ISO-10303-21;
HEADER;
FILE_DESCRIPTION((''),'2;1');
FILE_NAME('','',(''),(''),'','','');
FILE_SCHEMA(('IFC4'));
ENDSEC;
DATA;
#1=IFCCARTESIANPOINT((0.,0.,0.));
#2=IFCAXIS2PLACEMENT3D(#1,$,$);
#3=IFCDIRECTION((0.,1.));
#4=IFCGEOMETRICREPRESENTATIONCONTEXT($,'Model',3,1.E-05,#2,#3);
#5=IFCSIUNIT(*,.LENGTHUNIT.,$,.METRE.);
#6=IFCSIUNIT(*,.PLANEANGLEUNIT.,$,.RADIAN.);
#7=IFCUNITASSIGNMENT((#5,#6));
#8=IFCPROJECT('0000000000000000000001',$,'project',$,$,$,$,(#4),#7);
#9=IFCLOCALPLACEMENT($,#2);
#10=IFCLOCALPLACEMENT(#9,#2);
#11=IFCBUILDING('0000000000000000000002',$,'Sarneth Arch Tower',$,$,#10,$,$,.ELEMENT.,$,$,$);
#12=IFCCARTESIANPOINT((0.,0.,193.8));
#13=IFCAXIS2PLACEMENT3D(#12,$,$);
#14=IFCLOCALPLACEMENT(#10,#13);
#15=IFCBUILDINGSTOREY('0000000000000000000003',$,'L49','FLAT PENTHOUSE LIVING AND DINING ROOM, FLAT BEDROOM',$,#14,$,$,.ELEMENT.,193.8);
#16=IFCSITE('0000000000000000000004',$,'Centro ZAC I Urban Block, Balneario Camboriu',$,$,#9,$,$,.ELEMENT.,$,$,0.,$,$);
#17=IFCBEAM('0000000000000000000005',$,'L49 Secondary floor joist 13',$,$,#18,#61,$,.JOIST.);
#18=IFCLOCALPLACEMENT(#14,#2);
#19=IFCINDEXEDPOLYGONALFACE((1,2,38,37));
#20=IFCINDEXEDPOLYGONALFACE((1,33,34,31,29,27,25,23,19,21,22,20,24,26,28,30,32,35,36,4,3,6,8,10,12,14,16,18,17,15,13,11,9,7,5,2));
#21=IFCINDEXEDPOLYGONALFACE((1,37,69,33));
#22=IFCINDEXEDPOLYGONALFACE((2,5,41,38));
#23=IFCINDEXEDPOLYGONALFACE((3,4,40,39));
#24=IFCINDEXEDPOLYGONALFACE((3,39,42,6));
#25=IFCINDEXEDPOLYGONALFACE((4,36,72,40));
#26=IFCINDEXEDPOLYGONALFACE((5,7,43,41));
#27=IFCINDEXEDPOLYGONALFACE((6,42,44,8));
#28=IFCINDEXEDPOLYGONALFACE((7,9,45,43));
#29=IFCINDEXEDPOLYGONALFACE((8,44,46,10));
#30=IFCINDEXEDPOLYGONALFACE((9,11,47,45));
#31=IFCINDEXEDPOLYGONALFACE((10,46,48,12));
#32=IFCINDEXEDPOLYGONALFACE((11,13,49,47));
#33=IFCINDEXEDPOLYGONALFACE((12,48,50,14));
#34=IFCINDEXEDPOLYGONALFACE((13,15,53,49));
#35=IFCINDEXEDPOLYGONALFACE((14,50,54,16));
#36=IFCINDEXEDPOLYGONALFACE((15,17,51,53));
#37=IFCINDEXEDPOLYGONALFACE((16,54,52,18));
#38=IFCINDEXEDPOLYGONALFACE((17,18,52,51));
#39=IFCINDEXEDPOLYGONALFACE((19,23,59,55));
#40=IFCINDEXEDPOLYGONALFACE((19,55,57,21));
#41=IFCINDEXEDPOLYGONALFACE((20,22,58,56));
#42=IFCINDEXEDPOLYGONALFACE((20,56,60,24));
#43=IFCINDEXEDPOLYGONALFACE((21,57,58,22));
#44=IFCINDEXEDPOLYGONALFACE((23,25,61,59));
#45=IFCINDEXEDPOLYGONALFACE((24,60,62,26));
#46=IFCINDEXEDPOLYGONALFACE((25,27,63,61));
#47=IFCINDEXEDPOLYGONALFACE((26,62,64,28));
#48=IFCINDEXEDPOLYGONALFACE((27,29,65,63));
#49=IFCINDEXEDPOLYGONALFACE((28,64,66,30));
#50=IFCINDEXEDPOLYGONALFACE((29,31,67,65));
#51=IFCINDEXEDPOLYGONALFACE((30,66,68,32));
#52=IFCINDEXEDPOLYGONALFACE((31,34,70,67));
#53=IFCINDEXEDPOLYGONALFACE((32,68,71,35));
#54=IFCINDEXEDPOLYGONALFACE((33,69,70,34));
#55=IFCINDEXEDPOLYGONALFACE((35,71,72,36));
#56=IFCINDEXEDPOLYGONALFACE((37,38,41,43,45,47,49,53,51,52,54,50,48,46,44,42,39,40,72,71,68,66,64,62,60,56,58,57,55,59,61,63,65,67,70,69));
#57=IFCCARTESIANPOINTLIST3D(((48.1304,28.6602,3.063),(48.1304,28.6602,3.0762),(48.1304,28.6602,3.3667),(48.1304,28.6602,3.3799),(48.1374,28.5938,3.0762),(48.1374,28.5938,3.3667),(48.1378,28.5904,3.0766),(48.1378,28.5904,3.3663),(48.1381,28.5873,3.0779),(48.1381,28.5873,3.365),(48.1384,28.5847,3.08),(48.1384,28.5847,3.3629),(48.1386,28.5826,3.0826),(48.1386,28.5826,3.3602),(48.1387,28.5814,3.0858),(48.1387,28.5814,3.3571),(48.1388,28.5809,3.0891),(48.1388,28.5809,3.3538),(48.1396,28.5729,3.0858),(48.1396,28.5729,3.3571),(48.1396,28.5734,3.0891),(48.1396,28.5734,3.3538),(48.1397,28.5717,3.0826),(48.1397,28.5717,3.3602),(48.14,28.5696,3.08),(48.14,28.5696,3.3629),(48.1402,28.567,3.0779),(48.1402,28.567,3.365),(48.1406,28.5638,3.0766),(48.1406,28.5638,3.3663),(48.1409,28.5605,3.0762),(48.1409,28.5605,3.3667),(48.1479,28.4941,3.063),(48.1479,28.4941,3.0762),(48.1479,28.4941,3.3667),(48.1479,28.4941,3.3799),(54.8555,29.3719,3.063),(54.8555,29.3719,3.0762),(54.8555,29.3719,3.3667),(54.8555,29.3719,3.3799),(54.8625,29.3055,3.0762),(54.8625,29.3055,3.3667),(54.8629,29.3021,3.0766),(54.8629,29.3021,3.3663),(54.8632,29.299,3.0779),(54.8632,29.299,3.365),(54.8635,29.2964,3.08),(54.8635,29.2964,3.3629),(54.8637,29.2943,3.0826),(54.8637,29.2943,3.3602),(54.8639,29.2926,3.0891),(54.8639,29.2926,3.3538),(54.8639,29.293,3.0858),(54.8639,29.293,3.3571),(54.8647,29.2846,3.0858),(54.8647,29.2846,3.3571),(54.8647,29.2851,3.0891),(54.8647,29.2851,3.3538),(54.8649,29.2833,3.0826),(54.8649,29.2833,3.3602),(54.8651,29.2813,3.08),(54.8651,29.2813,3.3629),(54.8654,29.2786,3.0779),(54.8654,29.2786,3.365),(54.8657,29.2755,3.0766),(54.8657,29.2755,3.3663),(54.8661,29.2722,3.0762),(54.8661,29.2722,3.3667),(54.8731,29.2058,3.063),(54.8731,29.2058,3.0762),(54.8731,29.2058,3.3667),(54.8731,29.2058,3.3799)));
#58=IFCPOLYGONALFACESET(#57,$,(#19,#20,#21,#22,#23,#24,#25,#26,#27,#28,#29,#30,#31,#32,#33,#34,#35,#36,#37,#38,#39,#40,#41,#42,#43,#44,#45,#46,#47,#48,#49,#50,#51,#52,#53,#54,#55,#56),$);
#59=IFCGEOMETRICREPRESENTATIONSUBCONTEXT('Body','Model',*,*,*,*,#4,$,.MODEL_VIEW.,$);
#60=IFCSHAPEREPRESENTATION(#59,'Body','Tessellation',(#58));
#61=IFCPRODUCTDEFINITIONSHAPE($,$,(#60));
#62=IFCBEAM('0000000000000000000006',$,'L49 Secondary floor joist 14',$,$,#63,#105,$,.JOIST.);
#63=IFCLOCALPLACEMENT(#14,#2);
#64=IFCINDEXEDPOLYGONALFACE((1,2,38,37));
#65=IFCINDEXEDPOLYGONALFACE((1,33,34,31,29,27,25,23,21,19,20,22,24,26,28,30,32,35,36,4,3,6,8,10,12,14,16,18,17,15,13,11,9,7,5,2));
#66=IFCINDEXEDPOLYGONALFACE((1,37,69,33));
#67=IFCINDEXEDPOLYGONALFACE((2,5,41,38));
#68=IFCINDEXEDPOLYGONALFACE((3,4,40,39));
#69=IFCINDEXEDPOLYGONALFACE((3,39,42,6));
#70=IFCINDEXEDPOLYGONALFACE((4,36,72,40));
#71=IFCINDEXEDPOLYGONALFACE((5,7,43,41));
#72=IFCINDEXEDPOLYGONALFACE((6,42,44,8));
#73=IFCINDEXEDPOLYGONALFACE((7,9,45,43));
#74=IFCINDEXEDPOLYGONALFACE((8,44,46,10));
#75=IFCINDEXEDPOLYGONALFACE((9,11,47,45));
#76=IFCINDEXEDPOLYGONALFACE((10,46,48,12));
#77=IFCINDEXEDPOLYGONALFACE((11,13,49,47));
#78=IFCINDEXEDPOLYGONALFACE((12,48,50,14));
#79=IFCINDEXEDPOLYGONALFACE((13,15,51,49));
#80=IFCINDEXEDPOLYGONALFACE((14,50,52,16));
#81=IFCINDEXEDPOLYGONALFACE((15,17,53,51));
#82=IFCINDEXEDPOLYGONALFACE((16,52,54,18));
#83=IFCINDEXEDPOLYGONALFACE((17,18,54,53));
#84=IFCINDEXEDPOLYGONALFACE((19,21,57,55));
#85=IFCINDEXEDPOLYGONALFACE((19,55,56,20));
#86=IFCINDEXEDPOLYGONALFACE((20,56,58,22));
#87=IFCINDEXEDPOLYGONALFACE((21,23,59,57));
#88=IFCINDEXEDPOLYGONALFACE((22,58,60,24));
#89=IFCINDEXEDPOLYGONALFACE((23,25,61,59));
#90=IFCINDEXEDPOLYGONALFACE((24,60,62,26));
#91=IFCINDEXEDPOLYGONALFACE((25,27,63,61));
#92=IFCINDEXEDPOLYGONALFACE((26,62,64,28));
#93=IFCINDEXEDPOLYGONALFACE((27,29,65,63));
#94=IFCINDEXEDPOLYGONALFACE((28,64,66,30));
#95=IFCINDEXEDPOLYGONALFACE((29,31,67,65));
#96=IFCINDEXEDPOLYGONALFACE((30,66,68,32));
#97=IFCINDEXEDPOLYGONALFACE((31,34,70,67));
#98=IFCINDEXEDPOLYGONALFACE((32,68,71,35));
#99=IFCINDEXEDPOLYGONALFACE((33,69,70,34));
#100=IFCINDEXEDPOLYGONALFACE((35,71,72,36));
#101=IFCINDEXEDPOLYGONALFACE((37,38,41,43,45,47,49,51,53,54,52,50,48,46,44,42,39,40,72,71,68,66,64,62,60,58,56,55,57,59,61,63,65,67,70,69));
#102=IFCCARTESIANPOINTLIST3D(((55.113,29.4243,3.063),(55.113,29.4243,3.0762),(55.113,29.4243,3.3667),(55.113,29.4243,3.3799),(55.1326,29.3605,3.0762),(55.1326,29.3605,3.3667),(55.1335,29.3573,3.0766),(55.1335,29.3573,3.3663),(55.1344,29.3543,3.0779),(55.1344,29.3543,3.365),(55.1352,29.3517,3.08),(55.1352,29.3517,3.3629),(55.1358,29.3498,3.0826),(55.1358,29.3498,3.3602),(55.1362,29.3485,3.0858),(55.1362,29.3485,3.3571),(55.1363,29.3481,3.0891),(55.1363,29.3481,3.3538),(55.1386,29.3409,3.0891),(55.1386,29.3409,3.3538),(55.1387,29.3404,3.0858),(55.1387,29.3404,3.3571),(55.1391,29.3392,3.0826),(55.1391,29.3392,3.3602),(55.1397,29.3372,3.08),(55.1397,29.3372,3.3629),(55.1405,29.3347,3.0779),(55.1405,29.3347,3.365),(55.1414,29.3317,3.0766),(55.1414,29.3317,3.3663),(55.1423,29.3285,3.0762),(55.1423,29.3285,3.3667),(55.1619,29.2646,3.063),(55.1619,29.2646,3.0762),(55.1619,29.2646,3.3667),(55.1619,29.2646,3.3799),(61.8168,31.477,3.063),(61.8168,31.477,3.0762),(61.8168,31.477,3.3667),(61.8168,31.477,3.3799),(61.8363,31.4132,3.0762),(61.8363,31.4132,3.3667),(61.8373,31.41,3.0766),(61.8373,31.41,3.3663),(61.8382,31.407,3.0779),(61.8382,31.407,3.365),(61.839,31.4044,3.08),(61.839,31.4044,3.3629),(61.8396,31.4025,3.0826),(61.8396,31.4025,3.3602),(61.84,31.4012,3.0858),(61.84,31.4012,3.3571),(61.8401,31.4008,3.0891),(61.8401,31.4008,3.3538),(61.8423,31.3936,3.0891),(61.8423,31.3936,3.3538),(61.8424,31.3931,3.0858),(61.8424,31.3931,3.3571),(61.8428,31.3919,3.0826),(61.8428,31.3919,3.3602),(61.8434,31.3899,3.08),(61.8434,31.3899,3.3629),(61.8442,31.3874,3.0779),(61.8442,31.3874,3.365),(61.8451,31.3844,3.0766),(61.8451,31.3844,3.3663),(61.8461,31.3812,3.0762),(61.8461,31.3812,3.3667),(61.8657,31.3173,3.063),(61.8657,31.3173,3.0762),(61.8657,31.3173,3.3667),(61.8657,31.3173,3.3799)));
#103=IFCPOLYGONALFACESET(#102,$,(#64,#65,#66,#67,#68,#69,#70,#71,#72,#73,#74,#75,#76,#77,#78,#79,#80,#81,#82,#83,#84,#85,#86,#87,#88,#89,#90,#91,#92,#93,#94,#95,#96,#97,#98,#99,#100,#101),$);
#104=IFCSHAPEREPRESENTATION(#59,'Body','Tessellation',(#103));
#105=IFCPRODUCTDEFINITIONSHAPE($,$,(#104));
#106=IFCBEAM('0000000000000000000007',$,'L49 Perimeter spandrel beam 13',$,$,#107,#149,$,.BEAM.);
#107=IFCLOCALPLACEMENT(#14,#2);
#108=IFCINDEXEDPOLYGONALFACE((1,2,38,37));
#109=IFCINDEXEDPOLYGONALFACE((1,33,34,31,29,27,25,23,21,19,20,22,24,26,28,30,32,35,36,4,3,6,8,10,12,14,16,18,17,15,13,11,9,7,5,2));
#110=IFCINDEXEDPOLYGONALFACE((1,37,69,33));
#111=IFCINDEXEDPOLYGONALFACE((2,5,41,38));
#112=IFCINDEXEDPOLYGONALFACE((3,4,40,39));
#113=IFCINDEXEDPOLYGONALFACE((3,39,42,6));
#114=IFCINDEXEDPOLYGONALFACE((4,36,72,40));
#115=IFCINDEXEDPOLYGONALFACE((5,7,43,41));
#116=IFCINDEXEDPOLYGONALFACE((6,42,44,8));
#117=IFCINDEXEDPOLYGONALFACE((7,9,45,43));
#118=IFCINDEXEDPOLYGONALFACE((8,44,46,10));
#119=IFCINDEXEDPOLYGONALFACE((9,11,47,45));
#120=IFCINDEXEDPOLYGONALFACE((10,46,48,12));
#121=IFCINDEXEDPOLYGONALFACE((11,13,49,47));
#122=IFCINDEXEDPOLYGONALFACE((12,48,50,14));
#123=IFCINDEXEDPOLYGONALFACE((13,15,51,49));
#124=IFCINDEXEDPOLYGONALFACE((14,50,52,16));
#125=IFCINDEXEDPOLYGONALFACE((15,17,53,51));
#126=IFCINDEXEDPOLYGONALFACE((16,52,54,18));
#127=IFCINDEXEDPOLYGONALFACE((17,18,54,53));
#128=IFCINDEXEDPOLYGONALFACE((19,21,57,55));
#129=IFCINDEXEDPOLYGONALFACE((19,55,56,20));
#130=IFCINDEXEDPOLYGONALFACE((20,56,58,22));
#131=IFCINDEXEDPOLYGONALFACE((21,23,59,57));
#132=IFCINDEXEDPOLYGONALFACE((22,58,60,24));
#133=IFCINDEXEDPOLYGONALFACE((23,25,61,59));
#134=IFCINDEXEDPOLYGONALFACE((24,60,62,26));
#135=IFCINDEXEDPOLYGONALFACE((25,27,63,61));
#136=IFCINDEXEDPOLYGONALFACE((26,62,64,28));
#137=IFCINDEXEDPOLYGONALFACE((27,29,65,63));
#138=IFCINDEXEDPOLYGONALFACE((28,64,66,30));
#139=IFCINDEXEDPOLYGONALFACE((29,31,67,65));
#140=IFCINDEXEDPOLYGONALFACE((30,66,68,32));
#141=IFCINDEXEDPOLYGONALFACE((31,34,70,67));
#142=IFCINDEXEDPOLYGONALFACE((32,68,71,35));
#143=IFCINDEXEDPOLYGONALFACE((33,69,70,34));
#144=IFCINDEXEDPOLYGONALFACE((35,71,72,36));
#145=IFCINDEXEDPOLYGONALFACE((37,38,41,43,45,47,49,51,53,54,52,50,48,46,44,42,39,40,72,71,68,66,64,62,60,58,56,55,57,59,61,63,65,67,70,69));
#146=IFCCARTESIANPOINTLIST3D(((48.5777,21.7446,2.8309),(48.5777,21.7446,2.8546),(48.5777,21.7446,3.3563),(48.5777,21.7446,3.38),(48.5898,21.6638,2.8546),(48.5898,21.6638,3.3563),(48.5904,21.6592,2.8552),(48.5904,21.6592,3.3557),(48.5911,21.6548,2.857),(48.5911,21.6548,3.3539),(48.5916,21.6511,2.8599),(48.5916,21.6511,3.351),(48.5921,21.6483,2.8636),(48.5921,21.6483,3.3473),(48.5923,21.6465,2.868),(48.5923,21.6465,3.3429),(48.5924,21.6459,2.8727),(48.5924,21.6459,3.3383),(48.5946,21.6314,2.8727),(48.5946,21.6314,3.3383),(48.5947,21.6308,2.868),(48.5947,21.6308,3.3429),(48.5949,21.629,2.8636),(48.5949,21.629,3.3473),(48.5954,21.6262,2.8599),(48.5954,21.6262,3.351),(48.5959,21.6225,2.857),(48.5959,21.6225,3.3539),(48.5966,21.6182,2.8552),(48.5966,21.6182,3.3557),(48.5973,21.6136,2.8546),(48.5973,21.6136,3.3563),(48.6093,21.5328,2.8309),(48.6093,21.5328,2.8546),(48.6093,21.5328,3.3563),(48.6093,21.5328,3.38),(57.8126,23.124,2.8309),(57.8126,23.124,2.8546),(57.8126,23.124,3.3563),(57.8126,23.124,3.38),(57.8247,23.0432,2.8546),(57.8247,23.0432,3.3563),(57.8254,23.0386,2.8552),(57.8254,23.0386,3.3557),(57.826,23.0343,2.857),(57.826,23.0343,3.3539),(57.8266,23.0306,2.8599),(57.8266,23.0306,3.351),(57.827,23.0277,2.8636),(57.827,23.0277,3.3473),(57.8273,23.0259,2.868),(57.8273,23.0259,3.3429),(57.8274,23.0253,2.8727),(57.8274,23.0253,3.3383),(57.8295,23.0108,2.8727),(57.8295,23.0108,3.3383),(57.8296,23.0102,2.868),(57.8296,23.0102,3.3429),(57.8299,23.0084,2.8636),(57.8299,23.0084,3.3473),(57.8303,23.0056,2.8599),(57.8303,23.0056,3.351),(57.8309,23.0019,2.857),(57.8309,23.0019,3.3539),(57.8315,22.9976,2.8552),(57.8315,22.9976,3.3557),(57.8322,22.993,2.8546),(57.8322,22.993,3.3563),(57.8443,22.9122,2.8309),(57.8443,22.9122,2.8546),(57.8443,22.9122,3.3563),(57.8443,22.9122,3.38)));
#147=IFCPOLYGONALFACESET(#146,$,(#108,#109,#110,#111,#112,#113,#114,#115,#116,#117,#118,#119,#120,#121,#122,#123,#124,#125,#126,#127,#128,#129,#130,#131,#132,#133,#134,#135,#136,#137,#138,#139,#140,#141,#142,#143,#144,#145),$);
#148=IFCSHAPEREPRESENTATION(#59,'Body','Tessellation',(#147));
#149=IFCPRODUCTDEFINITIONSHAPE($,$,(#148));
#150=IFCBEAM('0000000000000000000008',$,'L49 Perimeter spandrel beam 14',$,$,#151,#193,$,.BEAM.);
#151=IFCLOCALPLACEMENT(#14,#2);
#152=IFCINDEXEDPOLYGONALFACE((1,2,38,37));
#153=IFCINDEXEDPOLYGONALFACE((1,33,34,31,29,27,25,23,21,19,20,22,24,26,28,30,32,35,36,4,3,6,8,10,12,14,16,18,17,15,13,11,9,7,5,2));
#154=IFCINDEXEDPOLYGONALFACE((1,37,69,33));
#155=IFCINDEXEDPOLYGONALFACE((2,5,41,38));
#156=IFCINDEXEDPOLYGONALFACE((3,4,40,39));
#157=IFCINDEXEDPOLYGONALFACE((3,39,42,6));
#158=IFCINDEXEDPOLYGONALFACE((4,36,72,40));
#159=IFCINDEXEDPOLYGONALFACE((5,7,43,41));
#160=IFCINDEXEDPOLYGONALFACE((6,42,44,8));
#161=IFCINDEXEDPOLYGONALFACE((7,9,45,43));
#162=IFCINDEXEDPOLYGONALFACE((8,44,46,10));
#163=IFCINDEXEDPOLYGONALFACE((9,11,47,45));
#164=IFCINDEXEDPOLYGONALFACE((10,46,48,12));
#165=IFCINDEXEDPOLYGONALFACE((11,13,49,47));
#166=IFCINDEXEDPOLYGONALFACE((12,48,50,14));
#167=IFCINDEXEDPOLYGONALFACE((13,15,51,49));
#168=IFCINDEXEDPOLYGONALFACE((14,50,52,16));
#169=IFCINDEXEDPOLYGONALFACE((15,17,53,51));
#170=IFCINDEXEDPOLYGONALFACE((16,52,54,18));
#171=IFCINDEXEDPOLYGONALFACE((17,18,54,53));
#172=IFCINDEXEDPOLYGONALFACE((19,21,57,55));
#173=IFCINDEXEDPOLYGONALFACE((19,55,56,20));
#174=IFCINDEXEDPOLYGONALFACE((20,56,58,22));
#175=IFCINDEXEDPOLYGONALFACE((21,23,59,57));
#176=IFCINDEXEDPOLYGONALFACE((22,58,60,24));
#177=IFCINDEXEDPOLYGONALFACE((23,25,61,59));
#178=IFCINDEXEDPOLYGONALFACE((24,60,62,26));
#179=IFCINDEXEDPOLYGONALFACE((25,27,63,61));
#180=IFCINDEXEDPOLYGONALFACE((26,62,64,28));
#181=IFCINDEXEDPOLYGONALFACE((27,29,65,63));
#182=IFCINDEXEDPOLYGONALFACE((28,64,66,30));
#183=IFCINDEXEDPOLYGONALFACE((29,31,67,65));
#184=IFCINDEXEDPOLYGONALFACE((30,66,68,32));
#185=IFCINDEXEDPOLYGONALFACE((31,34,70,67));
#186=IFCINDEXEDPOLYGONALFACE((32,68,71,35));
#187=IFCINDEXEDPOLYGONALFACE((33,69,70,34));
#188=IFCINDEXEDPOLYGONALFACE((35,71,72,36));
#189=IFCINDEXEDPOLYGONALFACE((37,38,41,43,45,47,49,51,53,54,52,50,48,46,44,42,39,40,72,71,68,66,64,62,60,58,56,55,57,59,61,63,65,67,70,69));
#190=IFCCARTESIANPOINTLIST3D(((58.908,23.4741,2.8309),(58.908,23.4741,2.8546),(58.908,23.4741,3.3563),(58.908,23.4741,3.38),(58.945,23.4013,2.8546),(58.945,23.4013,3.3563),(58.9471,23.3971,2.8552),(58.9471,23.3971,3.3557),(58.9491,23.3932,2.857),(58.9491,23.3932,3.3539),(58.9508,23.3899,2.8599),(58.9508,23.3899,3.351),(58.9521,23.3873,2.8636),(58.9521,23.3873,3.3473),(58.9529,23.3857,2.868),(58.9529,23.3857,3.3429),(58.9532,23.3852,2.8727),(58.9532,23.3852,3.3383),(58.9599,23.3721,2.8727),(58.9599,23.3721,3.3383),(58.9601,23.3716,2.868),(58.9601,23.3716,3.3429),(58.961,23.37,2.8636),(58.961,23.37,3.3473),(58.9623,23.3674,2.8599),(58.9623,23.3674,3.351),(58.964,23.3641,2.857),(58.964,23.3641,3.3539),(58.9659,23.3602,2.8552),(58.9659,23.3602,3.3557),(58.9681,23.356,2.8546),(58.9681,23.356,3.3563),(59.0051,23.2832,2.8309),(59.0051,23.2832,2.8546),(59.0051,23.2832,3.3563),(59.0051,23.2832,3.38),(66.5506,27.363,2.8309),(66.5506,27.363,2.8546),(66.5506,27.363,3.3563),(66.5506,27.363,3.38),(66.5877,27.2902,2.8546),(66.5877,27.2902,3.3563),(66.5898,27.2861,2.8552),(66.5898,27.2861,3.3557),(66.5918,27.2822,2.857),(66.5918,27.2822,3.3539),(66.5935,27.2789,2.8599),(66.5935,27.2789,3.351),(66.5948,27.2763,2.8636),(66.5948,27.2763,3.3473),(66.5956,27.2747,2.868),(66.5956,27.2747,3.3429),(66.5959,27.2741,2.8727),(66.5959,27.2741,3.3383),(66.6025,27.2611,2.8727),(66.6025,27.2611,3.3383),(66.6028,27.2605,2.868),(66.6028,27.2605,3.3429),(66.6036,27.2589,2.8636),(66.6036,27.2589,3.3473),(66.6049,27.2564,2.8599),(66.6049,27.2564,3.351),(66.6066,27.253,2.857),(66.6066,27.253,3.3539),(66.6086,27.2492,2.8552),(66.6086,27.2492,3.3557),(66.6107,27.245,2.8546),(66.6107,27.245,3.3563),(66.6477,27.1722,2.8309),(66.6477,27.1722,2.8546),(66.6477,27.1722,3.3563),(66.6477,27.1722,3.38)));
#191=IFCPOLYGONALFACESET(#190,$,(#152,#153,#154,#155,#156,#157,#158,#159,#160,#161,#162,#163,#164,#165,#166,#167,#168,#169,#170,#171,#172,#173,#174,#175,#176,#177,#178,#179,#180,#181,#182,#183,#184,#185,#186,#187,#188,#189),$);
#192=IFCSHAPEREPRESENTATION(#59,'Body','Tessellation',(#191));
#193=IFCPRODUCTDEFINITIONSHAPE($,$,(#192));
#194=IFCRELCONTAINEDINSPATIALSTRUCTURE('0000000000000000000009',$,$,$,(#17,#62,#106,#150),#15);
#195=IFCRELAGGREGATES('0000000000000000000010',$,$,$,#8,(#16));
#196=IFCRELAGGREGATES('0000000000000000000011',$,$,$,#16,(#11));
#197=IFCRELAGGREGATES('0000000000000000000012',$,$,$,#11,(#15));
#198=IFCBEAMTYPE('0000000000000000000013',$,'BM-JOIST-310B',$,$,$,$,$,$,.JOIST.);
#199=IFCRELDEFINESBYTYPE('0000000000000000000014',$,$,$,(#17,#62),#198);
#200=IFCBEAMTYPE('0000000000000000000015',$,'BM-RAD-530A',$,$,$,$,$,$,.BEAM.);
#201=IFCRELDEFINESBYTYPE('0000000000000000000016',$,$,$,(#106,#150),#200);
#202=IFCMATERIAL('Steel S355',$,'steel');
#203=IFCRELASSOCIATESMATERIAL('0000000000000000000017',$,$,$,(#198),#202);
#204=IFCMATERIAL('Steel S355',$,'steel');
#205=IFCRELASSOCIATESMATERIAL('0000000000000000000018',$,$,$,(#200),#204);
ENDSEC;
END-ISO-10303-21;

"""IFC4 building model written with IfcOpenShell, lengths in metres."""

from ifc_helpers import new_model, si_unit, direction, frame, origin, origin_2d, place, context, subcontext, project, spatial, i_section, extrude, material, material_profile, profile_set, type_object, element, save


model = new_model("IFC4")

# Units and contexts
model_context = context("Model", 3, precision=1e-05, world=origin(), true_north=direction((0.0, 1.0)))
body_context = subcontext(model_context, "Body", "Model", "MODEL_VIEW")
ifc_project = project(units=[si_unit("LENGTHUNIT", "METRE"), si_unit("PLANEANGLEUNIT", "RADIAN")], contexts=[model_context])

# Site, building, storey
site_placement = place(None, origin())
site = spatial("IfcSite", under=ifc_project, at=site_placement, Name="Centro ZAC I Urban Block, Balneario Camboriu", CompositionType="ELEMENT", RefElevation=0.0)
building_placement = place(site_placement, origin())
building = spatial("IfcBuilding", under=site, at=building_placement, Name="Sarneth Arch Tower", CompositionType="ELEMENT")
storey_placement = place(building_placement, frame((0.0, 0.0, 193.8)))
storey = spatial("IfcBuildingStorey", under=building, at=storey_placement, Name="L49", Description="FLAT PENTHOUSE LIVING AND DINING ROOM, FLAT BEDROOM", CompositionType="ELEMENT", Elevation=193.8)

# Beams
ifc_material_1 = material(Name="Steel S355", Category="steel")
ifc_material_profile_1 = material_profile(ifc_material_1, i_section(OverallWidth=0.167, OverallDepth=0.3169, WebThickness=0.0076, FlangeThickness=0.0132, FilletRadius=0.0129, at=origin_2d()), Name="W310x52")
ifc_profile_set_1 = profile_set([ifc_material_profile_1], Name="Steel S355")
beam_type_1 = type_object("IfcBeamType", Name="BM-JOIST-310B", PredefinedType="JOIST", material=ifc_profile_set_1)
beam_1_placement = place(storey_placement, frame((48.1392, 28.5771, 3.2214), z_axis=(0.994447, 0.105235, 0.0), x_axis=(-0.105235, 0.994447, 0.0)))
element("IfcBeam", 1, at=beam_1_placement, inside=storey, type_object=beam_type_1, Name="L49 Secondary floor joist 13", PredefinedType="JOIST", context=body_context, shape_type="SweptSolid", body=[
    extrude(i_section(OverallWidth=0.167, OverallDepth=0.3169, WebThickness=0.0076, FlangeThickness=0.0132, FilletRadius=0.0129, at=origin_2d()), origin(), (0.0, 0.0, 1.0), 6.7627),
])
beam_2_placement = place(storey_placement, frame((55.1375, 29.3445, 3.2214), z_axis=(0.956179, 0.292784, 0.0), x_axis=(-0.292784, 0.956179, 0.0)))
element("IfcBeam", 2, at=beam_2_placement, inside=storey, type_object=beam_type_1, Name="L49 Secondary floor joist 14", PredefinedType="JOIST", context=body_context, shape_type="SweptSolid", body=[
    extrude(i_section(OverallWidth=0.167, OverallDepth=0.3169, WebThickness=0.0076, FlangeThickness=0.0132, FilletRadius=0.0129, at=origin_2d()), origin(), (0.0, 0.0, 1.0), 7.011),
])
ifc_material_2 = material(Name="Steel S355", Category="steel")
ifc_material_profile_2 = material_profile(ifc_material_2, i_section(OverallWidth=0.2141, OverallDepth=0.5491, WebThickness=0.0146, FlangeThickness=0.0237, FilletRadius=0.0181, at=origin_2d()), Name="W530x138")
ifc_profile_set_2 = profile_set([ifc_material_profile_2], Name="Steel S355")
beam_type_2 = type_object("IfcBeamType", Name="BM-RAD-530A", PredefinedType="BEAM", material=ifc_profile_set_2)
beam_3_placement = place(storey_placement, frame((48.5935, 21.6387, 3.1055), z_axis=(0.989028, 0.147729, 0.0), x_axis=(-0.147729, 0.989028, 0.0)))
element("IfcBeam", 3, at=beam_3_placement, inside=storey, type_object=beam_type_2, Name="L49 Perimeter spandrel beam 13", PredefinedType="BEAM", context=body_context, shape_type="SweptSolid", body=[
    extrude(i_section(OverallWidth=0.2141, OverallDepth=0.5491, WebThickness=0.0146, FlangeThickness=0.0237, FilletRadius=0.0181, at=origin_2d()), origin(), (0.0, 0.0, 1.0), 9.3374),
])
beam_4_placement = place(storey_placement, frame((58.9565, 23.3787, 3.1055), z_axis=(0.89125, 0.453512, 0.0), x_axis=(-0.453512, 0.89125, 0.0)))
element("IfcBeam", 4, at=beam_4_placement, inside=storey, type_object=beam_type_2, Name="L49 Perimeter spandrel beam 14", PredefinedType="BEAM", context=body_context, shape_type="SweptSolid", body=[
    extrude(i_section(OverallWidth=0.2141, OverallDepth=0.5491, WebThickness=0.0146, FlangeThickness=0.0237, FilletRadius=0.0181, at=origin_2d()), origin(), (0.0, 0.0, 1.0), 8.5752),
])

save(model, "model.ifc")
